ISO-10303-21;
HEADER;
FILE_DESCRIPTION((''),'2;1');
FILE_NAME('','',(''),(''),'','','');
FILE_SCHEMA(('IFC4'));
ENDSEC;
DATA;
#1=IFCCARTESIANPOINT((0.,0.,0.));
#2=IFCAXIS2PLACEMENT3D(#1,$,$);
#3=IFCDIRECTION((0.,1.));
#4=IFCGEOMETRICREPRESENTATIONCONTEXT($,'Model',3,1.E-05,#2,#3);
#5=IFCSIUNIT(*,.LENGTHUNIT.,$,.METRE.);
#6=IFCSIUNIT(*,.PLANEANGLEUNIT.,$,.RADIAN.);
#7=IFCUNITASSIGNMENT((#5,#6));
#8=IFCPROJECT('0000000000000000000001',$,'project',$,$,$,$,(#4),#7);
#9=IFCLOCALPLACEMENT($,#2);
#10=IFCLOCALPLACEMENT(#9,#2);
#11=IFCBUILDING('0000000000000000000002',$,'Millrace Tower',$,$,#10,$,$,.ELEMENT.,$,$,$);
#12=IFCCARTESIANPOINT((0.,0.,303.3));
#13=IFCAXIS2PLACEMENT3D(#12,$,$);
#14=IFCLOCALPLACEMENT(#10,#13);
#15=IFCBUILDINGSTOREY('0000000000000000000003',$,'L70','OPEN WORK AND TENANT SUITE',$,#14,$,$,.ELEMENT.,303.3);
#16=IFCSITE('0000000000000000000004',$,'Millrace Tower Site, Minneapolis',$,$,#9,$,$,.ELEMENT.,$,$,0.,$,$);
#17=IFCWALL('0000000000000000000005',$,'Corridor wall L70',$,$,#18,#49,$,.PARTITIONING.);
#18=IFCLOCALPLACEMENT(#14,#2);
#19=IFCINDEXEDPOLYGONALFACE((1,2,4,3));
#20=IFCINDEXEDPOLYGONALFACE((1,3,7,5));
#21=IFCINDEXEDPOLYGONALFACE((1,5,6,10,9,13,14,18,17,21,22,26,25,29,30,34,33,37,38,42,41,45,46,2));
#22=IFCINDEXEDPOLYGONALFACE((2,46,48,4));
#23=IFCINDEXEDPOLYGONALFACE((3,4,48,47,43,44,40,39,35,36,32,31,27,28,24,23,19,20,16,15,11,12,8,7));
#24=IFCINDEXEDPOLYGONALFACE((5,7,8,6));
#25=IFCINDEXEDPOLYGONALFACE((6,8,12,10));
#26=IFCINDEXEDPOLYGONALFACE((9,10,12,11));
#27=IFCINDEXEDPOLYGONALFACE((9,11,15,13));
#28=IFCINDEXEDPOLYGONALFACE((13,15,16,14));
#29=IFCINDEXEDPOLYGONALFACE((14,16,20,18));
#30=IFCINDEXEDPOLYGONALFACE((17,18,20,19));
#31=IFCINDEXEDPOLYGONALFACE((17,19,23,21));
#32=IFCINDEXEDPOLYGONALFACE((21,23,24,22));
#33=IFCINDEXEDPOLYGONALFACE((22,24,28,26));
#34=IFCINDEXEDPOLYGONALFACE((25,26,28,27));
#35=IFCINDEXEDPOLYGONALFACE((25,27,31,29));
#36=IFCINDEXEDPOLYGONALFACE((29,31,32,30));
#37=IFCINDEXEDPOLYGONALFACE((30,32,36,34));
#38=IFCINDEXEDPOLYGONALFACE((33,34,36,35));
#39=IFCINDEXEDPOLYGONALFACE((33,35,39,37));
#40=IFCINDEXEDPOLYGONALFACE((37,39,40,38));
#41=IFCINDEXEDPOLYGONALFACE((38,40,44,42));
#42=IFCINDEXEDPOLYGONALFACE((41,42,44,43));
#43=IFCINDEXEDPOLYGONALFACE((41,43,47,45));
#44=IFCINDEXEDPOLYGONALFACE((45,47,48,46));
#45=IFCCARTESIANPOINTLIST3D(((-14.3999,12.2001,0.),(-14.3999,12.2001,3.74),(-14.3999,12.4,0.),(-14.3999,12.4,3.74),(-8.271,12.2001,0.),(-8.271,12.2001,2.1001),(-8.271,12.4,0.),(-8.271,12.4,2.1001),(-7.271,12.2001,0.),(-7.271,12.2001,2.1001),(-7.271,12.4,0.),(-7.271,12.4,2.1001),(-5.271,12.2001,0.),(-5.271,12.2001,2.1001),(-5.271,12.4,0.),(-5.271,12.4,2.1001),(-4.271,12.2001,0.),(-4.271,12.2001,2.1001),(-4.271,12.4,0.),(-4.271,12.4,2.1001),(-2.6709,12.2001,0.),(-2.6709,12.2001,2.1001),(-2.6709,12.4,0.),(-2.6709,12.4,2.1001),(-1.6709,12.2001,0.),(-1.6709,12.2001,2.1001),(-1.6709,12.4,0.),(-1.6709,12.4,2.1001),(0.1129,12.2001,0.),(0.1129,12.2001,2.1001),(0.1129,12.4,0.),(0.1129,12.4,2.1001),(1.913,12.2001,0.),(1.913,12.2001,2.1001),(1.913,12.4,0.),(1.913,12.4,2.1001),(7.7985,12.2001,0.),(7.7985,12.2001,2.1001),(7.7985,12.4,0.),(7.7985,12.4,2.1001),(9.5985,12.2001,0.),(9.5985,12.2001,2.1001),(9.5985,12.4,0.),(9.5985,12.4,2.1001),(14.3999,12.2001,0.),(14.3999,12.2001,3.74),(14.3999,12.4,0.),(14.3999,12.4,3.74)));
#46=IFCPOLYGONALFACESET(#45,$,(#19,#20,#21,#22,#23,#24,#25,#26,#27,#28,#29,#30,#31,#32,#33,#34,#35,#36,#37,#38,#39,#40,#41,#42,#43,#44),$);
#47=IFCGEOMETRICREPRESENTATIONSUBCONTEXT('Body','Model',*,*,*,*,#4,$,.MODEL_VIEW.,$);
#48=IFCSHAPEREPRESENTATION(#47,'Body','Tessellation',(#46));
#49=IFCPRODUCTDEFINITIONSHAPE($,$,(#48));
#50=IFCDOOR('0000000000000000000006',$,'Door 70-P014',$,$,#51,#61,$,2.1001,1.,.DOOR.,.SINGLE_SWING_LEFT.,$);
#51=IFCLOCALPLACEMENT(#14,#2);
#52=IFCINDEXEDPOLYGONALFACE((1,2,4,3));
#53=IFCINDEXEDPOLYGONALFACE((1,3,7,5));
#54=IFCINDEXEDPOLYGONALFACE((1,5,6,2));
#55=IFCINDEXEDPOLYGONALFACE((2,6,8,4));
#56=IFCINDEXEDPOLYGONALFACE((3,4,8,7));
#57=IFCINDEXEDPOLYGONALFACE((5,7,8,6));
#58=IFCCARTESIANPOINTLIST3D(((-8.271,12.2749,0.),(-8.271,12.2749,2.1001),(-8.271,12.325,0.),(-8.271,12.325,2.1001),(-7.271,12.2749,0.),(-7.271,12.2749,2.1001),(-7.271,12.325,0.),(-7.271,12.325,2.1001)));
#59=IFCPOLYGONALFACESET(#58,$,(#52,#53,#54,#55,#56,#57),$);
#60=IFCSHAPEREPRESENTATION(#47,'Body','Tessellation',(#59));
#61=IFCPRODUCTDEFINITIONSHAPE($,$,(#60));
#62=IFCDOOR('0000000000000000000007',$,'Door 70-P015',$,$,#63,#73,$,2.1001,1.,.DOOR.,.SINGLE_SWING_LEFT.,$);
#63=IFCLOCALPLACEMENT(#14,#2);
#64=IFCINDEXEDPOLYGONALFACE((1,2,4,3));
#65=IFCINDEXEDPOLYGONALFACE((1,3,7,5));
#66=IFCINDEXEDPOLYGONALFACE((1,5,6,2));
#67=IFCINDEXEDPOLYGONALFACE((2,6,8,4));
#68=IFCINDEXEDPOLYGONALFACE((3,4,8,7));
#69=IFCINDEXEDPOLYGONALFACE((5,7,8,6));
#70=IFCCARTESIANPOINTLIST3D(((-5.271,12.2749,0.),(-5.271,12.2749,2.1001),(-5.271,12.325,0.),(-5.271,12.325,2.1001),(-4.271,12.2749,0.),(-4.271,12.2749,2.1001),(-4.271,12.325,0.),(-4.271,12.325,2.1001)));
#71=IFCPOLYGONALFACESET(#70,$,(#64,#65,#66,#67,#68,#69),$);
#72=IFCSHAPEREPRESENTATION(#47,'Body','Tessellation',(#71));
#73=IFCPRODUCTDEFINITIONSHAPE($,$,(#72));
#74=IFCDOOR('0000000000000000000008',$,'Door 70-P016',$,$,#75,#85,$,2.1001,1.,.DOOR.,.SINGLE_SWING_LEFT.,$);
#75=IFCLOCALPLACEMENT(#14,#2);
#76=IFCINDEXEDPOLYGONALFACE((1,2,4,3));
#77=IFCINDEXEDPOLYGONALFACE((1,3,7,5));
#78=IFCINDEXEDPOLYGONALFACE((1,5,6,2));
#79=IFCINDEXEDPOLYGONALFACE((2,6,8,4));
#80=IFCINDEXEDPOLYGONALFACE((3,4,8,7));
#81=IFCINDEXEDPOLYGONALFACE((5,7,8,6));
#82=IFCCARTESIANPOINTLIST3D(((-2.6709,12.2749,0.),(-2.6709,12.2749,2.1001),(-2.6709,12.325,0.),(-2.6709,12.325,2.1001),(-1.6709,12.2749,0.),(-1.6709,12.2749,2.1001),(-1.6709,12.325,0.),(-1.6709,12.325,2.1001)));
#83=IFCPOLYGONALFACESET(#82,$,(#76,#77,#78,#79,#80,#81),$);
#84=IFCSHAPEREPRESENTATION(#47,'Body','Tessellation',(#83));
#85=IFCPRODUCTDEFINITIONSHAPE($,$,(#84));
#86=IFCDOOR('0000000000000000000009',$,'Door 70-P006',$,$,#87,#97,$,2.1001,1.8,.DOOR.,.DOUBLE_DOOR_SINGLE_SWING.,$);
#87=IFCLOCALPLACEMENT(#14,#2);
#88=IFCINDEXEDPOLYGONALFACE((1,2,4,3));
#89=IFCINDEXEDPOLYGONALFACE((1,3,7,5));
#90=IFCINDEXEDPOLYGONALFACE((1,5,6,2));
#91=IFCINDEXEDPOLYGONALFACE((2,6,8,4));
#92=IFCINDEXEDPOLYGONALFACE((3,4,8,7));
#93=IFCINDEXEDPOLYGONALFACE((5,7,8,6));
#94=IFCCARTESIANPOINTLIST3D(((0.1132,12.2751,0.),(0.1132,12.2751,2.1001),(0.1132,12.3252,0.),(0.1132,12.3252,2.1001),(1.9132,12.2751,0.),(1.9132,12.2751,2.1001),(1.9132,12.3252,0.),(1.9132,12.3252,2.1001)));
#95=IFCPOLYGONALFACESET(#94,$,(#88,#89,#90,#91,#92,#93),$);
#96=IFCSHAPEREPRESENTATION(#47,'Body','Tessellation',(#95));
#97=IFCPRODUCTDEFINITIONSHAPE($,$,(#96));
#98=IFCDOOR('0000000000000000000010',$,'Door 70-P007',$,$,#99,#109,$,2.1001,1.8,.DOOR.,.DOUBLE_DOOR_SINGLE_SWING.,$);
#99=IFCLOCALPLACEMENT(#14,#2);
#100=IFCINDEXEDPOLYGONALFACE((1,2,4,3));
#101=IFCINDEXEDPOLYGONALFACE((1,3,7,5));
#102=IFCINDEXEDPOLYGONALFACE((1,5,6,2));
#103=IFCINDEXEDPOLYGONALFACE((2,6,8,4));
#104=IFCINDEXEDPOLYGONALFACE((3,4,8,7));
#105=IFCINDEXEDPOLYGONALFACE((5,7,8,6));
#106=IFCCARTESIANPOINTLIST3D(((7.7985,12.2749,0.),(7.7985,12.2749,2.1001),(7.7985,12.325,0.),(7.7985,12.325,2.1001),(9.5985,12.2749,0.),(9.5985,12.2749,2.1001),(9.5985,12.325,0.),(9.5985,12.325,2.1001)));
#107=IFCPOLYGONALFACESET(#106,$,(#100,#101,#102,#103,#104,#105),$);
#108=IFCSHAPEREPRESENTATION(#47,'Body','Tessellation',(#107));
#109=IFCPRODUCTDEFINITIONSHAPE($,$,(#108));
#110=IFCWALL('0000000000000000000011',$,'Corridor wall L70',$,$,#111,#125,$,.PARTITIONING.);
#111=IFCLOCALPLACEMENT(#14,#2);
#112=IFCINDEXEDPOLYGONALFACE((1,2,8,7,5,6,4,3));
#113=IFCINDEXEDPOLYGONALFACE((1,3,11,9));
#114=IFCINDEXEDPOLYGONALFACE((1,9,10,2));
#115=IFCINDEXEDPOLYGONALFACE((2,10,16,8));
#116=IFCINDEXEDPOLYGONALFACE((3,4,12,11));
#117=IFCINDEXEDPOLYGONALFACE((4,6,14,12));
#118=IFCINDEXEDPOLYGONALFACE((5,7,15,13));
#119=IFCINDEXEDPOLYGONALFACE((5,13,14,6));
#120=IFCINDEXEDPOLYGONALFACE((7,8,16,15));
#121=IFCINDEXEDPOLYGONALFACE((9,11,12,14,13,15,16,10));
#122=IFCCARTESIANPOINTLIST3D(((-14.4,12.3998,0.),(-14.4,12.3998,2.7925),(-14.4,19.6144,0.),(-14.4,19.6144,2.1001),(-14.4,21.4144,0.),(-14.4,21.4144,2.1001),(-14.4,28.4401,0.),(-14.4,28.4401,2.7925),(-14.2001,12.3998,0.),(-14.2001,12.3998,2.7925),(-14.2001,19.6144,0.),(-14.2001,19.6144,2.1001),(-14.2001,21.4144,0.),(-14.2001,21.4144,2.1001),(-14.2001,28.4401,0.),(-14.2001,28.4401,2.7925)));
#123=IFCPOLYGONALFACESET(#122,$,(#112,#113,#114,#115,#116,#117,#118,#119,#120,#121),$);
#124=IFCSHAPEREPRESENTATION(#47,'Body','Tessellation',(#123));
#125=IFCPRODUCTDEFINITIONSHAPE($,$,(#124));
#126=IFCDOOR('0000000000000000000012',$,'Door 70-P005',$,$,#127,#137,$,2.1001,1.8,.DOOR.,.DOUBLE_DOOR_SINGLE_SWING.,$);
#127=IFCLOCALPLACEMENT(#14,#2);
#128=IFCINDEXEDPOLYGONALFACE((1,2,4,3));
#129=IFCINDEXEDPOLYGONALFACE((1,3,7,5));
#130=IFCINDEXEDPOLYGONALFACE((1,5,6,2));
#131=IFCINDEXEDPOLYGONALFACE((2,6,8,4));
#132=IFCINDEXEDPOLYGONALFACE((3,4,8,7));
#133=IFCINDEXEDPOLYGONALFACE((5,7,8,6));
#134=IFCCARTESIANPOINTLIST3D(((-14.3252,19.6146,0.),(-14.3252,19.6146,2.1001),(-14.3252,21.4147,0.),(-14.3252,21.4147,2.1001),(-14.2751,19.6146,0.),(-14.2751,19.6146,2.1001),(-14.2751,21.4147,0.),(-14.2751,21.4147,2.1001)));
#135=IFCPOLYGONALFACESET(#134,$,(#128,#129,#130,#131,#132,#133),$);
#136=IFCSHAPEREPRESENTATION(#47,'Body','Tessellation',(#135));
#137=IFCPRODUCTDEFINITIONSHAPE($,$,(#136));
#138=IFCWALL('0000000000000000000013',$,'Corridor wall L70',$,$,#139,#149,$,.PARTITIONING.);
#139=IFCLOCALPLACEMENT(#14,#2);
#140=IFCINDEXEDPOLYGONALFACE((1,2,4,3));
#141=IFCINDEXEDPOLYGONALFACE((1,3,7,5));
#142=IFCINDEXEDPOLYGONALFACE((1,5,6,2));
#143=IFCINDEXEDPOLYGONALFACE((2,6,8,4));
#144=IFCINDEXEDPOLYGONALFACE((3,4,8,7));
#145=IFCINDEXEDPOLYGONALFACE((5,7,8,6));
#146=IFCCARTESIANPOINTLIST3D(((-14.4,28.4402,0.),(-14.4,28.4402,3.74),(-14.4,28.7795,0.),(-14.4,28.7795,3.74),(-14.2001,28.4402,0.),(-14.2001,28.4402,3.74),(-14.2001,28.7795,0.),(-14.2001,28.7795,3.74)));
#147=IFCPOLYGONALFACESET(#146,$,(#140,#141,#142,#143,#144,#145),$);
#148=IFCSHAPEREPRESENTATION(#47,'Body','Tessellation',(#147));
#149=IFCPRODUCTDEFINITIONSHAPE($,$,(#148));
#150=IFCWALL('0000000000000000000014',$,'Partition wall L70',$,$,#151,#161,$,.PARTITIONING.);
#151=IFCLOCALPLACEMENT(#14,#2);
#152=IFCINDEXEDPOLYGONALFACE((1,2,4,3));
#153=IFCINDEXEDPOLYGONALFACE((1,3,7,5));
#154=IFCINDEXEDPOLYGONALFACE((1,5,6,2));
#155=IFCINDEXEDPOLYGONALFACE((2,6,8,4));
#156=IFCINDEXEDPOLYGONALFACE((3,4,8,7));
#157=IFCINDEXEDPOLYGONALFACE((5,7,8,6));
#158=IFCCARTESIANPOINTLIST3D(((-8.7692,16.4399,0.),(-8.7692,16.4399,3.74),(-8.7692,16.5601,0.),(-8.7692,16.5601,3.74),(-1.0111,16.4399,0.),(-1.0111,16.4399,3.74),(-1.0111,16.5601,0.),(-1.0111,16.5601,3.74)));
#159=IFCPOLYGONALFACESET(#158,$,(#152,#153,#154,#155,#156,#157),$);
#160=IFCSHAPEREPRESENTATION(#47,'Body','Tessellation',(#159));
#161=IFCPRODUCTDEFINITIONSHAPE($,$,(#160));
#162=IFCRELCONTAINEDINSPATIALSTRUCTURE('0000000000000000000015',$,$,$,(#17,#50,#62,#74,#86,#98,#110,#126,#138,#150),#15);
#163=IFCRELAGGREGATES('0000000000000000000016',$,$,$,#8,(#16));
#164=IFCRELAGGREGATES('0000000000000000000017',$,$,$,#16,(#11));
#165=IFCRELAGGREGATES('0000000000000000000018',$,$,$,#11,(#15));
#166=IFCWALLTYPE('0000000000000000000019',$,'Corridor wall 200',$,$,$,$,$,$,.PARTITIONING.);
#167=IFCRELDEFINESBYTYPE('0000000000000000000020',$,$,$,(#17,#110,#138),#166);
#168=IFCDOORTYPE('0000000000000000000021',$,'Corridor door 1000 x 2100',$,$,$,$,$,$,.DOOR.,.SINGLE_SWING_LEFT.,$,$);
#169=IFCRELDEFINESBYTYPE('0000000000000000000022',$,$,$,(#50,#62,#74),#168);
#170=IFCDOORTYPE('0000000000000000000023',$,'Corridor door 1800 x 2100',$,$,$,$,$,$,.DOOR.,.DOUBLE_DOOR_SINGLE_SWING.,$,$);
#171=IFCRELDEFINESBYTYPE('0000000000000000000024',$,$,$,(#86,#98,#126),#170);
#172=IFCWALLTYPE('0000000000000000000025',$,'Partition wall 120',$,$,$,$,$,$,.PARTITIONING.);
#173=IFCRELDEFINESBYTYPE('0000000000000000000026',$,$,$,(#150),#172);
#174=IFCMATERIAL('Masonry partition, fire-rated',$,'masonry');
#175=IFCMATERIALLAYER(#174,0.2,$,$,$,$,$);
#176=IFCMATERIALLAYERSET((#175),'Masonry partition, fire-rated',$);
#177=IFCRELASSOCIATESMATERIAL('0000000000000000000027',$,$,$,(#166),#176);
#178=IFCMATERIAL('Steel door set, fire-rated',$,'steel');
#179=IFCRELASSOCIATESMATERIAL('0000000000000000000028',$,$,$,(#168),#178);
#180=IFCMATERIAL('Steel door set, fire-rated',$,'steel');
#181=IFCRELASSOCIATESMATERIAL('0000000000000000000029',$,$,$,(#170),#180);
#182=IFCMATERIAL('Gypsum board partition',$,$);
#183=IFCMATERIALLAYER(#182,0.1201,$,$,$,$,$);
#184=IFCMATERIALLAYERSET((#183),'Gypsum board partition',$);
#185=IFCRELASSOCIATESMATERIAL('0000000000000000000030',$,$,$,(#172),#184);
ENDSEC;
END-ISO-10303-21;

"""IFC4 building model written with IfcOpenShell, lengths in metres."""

from ifc_helpers import new_model, si_unit, direction, frame, frame_2d, origin, place, context, subcontext, project, spatial, rectangle, extrude, material, layer, layer_set, type_object, element, fill, save


model = new_model("IFC4")

# Units and contexts
model_context = context("Model", 3, precision=1e-05, world=origin(), true_north=direction((0.0, 1.0)))
body_context = subcontext(model_context, "Body", "Model", "MODEL_VIEW")
ifc_project = project(units=[si_unit("LENGTHUNIT", "METRE"), si_unit("PLANEANGLEUNIT", "RADIAN")], contexts=[model_context])

# Site, building, storey
site_placement = place(None, origin())
site = spatial("IfcSite", under=ifc_project, at=site_placement, Name="Millrace Tower Site, Minneapolis", CompositionType="ELEMENT", RefElevation=0.0)
building_placement = place(site_placement, origin())
building = spatial("IfcBuilding", under=site, at=building_placement, Name="Millrace Tower", CompositionType="ELEMENT")
storey_placement = place(building_placement, frame((0.0, 0.0, 303.3)))
storey = spatial("IfcBuildingStorey", under=building, at=storey_placement, Name="L70", Description="OPEN WORK AND TENANT SUITE", CompositionType="ELEMENT", Elevation=303.3)

# Wall, openings, doors
ifc_material_1 = material(Name="Masonry partition, fire-rated", Category="masonry")
ifc_layer_1 = layer(ifc_material_1, 0.2)
ifc_layer_set_1 = layer_set([ifc_layer_1], Name="Masonry partition, fire-rated")
wall_type_1 = type_object("IfcWallType", Name="Corridor wall 200", PredefinedType="PARTITIONING", material=ifc_layer_set_1)
wall_1_placement = place(storey_placement, frame((-14.3999, 12.3, 0.0), z_axis=(0.0, 0.0, 1.0), x_axis=(1.0, 0.0, 0.0)))
wall_1 = element("IfcWall", 1, at=wall_1_placement, inside=storey, type_object=wall_type_1, Name="Corridor wall L70", PredefinedType="PARTITIONING", context=body_context, shape_type="SweptSolid", body=[
    extrude(rectangle(XDim=28.7998, YDim=0.2, at=frame_2d((14.3999, 0.0))), origin(), (0.0, 0.0, 1.0), 3.74),
])
opening_1_placement = place(wall_1_placement, frame((14.5129, 0.0, 0.0)))
opening_1 = element("IfcOpeningElement", 2, at=opening_1_placement, cuts=wall_1, PredefinedType="OPENING", context=body_context, shape_type="SweptSolid", body=[
    extrude(rectangle(XDim=1.8, YDim=2.1001, at=frame_2d((0.8999, 1.05))), frame((0.0, 0.1099, 0.0), z_axis=(0.0, -1.0, 0.0), x_axis=(1.0, 0.0, 0.0)), (0.0, 0.0, 1.0), 0.22),
])
opening_2_placement = place(wall_1_placement, frame((22.1985, 0.0, 0.0)))
opening_2 = element("IfcOpeningElement", 3, at=opening_2_placement, cuts=wall_1, PredefinedType="OPENING", context=body_context, shape_type="SweptSolid", body=[
    extrude(rectangle(XDim=1.8, YDim=2.1001, at=frame_2d((0.8999, 1.05))), frame((0.0, 0.1099, 0.0), z_axis=(0.0, -1.0, 0.0), x_axis=(1.0, 0.0, 0.0)), (0.0, 0.0, 1.0), 0.22),
])
opening_3_placement = place(wall_1_placement, frame((6.1289, 0.0, 0.0)))
opening_3 = element("IfcOpeningElement", 4, at=opening_3_placement, cuts=wall_1, PredefinedType="OPENING", context=body_context, shape_type="SweptSolid", body=[
    extrude(rectangle(XDim=1.0, YDim=2.1001, at=frame_2d((0.5, 1.05))), frame((0.0, 0.1099, 0.0), z_axis=(0.0, -1.0, 0.0), x_axis=(1.0, 0.0, 0.0)), (0.0, 0.0, 1.0), 0.22),
])
opening_4_placement = place(wall_1_placement, frame((9.1289, 0.0, 0.0)))
opening_4 = element("IfcOpeningElement", 5, at=opening_4_placement, cuts=wall_1, PredefinedType="OPENING", context=body_context, shape_type="SweptSolid", body=[
    extrude(rectangle(XDim=1.0, YDim=2.1001, at=frame_2d((0.5, 1.05))), frame((0.0, 0.1099, 0.0), z_axis=(0.0, -1.0, 0.0), x_axis=(1.0, 0.0, 0.0)), (0.0, 0.0, 1.0), 0.22),
])
opening_5_placement = place(wall_1_placement, frame((11.729, 0.0, 0.0)))
opening_5 = element("IfcOpeningElement", 6, at=opening_5_placement, cuts=wall_1, PredefinedType="OPENING", context=body_context, shape_type="SweptSolid", body=[
    extrude(rectangle(XDim=1.0, YDim=2.1001, at=frame_2d((0.5, 1.05))), frame((0.0, 0.1099, 0.0), z_axis=(0.0, -1.0, 0.0), x_axis=(1.0, 0.0, 0.0)), (0.0, 0.0, 1.0), 0.22),
])
ifc_material_2 = material(Name="Steel door set, fire-rated", Category="steel")
door_type_1 = type_object("IfcDoorType", Name="Corridor door 1000 x 2100", OperationType="SINGLE_SWING_LEFT", PredefinedType="DOOR", material=ifc_material_2)
door_1_placement = place(opening_3_placement, origin())
door_1 = element("IfcDoor", 7, at=door_1_placement, inside=storey, type_object=door_type_1, Name="Door 70-P014", OperationType="SINGLE_SWING_LEFT", OverallHeight=2.1001, OverallWidth=1.0, PredefinedType="DOOR", context=body_context, shape_type="SweptSolid", body=[
    extrude(rectangle(XDim=1.0, YDim=2.1001, at=frame_2d((0.5, 1.05))), frame((0.0, 0.0249, 0.0), z_axis=(0.0, -1.0, 0.0), x_axis=(1.0, 0.0, 0.0)), (0.0, 0.0, 1.0), 0.05),
])
fill(opening_3, door_1)
door_2_placement = place(opening_4_placement, origin())
door_2 = element("IfcDoor", 8, at=door_2_placement, inside=storey, type_object=door_type_1, Name="Door 70-P015", OperationType="SINGLE_SWING_LEFT", OverallHeight=2.1001, OverallWidth=1.0, PredefinedType="DOOR", context=body_context, shape_type="SweptSolid", body=[
    extrude(rectangle(XDim=1.0, YDim=2.1001, at=frame_2d((0.5, 1.05))), frame((0.0, 0.0249, 0.0), z_axis=(0.0, -1.0, 0.0), x_axis=(1.0, 0.0, 0.0)), (0.0, 0.0, 1.0), 0.05),
])
fill(opening_4, door_2)
door_3_placement = place(opening_5_placement, origin())
door_3 = element("IfcDoor", 9, at=door_3_placement, inside=storey, type_object=door_type_1, Name="Door 70-P016", OperationType="SINGLE_SWING_LEFT", OverallHeight=2.1001, OverallWidth=1.0, PredefinedType="DOOR", context=body_context, shape_type="SweptSolid", body=[
    extrude(rectangle(XDim=1.0, YDim=2.1001, at=frame_2d((0.5, 1.05))), frame((0.0, 0.0249, 0.0), z_axis=(0.0, -1.0, 0.0), x_axis=(1.0, 0.0, 0.0)), (0.0, 0.0, 1.0), 0.05),
])
fill(opening_5, door_3)
ifc_material_3 = material(Name="Steel door set, fire-rated", Category="steel")
door_type_2 = type_object("IfcDoorType", Name="Corridor door 1800 x 2100", OperationType="DOUBLE_DOOR_SINGLE_SWING", PredefinedType="DOOR", material=ifc_material_3)
door_4_placement = place(opening_1_placement, frame((1.8, 0.0, 0.0), z_axis=(0.0, 0.0, 1.0), x_axis=(-1.0, 0.0, 0.0)))
door_4 = element("IfcDoor", 10, at=door_4_placement, inside=storey, type_object=door_type_2, Name="Door 70-P006", OperationType="DOUBLE_DOOR_SINGLE_SWING", OverallHeight=2.1001, OverallWidth=1.8, PredefinedType="DOOR", context=body_context, shape_type="SweptSolid", body=[
    extrude(rectangle(XDim=1.8, YDim=2.1001, at=frame_2d((0.8999, 1.05))), frame((0.0, 0.0249, 0.0), z_axis=(0.0, -1.0, 0.0), x_axis=(1.0, 0.0, 0.0)), (0.0, 0.0, 1.0), 0.05),
])
fill(opening_1, door_4)
door_5_placement = place(opening_2_placement, origin())
door_5 = element("IfcDoor", 11, at=door_5_placement, inside=storey, type_object=door_type_2, Name="Door 70-P007", OperationType="DOUBLE_DOOR_SINGLE_SWING", OverallHeight=2.1001, OverallWidth=1.8, PredefinedType="DOOR", context=body_context, shape_type="SweptSolid", body=[
    extrude(rectangle(XDim=1.8, YDim=2.1001, at=frame_2d((0.8999, 1.05))), frame((0.0, 0.0249, 0.0), z_axis=(0.0, -1.0, 0.0), x_axis=(1.0, 0.0, 0.0)), (0.0, 0.0, 1.0), 0.05),
])
fill(opening_2, door_5)

# Wall, opening, door
wall_2_placement = place(storey_placement, frame((-14.3, 12.3999, 0.0), z_axis=(0.0, 0.0, 1.0), x_axis=(0.0, 1.0, 0.0)))
wall_2 = element("IfcWall", 12, at=wall_2_placement, inside=storey, type_object=wall_type_1, Name="Corridor wall L70", PredefinedType="PARTITIONING", context=body_context, shape_type="SweptSolid", body=[
    extrude(rectangle(XDim=16.0403, YDim=0.2, at=frame_2d((8.02, 0.0))), origin(), (0.0, 0.0, 1.0), 2.7925),
])
opening_6_placement = place(wall_2_placement, frame((7.2146, 0.0, 0.0)))
opening_6 = element("IfcOpeningElement", 13, at=opening_6_placement, cuts=wall_2, PredefinedType="OPENING", context=body_context, shape_type="SweptSolid", body=[
    extrude(rectangle(XDim=1.8, YDim=2.1001, at=frame_2d((0.8999, 1.05))), frame((0.0, 0.1099, 0.0), z_axis=(0.0, -1.0, 0.0), x_axis=(1.0, 0.0, 0.0)), (0.0, 0.0, 1.0), 0.22),
])
door_6_placement = place(opening_6_placement, frame((1.8, 0.0, 0.0), z_axis=(0.0, 0.0, 1.0), x_axis=(-1.0, 0.0, 0.0)))
door_6 = element("IfcDoor", 14, at=door_6_placement, inside=storey, type_object=door_type_2, Name="Door 70-P005", OperationType="DOUBLE_DOOR_SINGLE_SWING", OverallHeight=2.1001, OverallWidth=1.8, PredefinedType="DOOR", context=body_context, shape_type="SweptSolid", body=[
    extrude(rectangle(XDim=1.8, YDim=2.1001, at=frame_2d((0.8999, 1.05))), frame((0.0, 0.0249, 0.0), z_axis=(0.0, -1.0, 0.0), x_axis=(1.0, 0.0, 0.0)), (0.0, 0.0, 1.0), 0.05),
])
fill(opening_6, door_6)

# Walls
wall_3_placement = place(storey_placement, frame((-14.3, 28.4402, 0.0), z_axis=(0.0, 0.0, 1.0), x_axis=(0.0, 1.0, 0.0)))
element("IfcWall", 15, at=wall_3_placement, inside=storey, type_object=wall_type_1, Name="Corridor wall L70", PredefinedType="PARTITIONING", context=body_context, shape_type="SweptSolid", body=[
    extrude(rectangle(XDim=0.3394, YDim=0.2, at=frame_2d((0.1697, 0.0))), origin(), (0.0, 0.0, 1.0), 3.74),
])
ifc_material_4 = material(Name="Gypsum board partition")
ifc_layer_2 = layer(ifc_material_4, 0.1201)
ifc_layer_set_2 = layer_set([ifc_layer_2], Name="Gypsum board partition")
wall_type_2 = type_object("IfcWallType", Name="Partition wall 120", PredefinedType="PARTITIONING", material=ifc_layer_set_2)
wall_4_placement = place(storey_placement, frame((-8.769, 16.5, 0.0), z_axis=(0.0, 0.0, 1.0), x_axis=(1.0, 0.0, 0.0)))
element("IfcWall", 16, at=wall_4_placement, inside=storey, type_object=wall_type_2, Name="Partition wall L70", PredefinedType="PARTITIONING", context=body_context, shape_type="SweptSolid", body=[
    extrude(rectangle(XDim=7.7581, YDim=0.1201, at=frame_2d((3.8789, 0.0))), origin(), (0.0, 0.0, 1.0), 3.74),
])

save(model, "model.ifc")
